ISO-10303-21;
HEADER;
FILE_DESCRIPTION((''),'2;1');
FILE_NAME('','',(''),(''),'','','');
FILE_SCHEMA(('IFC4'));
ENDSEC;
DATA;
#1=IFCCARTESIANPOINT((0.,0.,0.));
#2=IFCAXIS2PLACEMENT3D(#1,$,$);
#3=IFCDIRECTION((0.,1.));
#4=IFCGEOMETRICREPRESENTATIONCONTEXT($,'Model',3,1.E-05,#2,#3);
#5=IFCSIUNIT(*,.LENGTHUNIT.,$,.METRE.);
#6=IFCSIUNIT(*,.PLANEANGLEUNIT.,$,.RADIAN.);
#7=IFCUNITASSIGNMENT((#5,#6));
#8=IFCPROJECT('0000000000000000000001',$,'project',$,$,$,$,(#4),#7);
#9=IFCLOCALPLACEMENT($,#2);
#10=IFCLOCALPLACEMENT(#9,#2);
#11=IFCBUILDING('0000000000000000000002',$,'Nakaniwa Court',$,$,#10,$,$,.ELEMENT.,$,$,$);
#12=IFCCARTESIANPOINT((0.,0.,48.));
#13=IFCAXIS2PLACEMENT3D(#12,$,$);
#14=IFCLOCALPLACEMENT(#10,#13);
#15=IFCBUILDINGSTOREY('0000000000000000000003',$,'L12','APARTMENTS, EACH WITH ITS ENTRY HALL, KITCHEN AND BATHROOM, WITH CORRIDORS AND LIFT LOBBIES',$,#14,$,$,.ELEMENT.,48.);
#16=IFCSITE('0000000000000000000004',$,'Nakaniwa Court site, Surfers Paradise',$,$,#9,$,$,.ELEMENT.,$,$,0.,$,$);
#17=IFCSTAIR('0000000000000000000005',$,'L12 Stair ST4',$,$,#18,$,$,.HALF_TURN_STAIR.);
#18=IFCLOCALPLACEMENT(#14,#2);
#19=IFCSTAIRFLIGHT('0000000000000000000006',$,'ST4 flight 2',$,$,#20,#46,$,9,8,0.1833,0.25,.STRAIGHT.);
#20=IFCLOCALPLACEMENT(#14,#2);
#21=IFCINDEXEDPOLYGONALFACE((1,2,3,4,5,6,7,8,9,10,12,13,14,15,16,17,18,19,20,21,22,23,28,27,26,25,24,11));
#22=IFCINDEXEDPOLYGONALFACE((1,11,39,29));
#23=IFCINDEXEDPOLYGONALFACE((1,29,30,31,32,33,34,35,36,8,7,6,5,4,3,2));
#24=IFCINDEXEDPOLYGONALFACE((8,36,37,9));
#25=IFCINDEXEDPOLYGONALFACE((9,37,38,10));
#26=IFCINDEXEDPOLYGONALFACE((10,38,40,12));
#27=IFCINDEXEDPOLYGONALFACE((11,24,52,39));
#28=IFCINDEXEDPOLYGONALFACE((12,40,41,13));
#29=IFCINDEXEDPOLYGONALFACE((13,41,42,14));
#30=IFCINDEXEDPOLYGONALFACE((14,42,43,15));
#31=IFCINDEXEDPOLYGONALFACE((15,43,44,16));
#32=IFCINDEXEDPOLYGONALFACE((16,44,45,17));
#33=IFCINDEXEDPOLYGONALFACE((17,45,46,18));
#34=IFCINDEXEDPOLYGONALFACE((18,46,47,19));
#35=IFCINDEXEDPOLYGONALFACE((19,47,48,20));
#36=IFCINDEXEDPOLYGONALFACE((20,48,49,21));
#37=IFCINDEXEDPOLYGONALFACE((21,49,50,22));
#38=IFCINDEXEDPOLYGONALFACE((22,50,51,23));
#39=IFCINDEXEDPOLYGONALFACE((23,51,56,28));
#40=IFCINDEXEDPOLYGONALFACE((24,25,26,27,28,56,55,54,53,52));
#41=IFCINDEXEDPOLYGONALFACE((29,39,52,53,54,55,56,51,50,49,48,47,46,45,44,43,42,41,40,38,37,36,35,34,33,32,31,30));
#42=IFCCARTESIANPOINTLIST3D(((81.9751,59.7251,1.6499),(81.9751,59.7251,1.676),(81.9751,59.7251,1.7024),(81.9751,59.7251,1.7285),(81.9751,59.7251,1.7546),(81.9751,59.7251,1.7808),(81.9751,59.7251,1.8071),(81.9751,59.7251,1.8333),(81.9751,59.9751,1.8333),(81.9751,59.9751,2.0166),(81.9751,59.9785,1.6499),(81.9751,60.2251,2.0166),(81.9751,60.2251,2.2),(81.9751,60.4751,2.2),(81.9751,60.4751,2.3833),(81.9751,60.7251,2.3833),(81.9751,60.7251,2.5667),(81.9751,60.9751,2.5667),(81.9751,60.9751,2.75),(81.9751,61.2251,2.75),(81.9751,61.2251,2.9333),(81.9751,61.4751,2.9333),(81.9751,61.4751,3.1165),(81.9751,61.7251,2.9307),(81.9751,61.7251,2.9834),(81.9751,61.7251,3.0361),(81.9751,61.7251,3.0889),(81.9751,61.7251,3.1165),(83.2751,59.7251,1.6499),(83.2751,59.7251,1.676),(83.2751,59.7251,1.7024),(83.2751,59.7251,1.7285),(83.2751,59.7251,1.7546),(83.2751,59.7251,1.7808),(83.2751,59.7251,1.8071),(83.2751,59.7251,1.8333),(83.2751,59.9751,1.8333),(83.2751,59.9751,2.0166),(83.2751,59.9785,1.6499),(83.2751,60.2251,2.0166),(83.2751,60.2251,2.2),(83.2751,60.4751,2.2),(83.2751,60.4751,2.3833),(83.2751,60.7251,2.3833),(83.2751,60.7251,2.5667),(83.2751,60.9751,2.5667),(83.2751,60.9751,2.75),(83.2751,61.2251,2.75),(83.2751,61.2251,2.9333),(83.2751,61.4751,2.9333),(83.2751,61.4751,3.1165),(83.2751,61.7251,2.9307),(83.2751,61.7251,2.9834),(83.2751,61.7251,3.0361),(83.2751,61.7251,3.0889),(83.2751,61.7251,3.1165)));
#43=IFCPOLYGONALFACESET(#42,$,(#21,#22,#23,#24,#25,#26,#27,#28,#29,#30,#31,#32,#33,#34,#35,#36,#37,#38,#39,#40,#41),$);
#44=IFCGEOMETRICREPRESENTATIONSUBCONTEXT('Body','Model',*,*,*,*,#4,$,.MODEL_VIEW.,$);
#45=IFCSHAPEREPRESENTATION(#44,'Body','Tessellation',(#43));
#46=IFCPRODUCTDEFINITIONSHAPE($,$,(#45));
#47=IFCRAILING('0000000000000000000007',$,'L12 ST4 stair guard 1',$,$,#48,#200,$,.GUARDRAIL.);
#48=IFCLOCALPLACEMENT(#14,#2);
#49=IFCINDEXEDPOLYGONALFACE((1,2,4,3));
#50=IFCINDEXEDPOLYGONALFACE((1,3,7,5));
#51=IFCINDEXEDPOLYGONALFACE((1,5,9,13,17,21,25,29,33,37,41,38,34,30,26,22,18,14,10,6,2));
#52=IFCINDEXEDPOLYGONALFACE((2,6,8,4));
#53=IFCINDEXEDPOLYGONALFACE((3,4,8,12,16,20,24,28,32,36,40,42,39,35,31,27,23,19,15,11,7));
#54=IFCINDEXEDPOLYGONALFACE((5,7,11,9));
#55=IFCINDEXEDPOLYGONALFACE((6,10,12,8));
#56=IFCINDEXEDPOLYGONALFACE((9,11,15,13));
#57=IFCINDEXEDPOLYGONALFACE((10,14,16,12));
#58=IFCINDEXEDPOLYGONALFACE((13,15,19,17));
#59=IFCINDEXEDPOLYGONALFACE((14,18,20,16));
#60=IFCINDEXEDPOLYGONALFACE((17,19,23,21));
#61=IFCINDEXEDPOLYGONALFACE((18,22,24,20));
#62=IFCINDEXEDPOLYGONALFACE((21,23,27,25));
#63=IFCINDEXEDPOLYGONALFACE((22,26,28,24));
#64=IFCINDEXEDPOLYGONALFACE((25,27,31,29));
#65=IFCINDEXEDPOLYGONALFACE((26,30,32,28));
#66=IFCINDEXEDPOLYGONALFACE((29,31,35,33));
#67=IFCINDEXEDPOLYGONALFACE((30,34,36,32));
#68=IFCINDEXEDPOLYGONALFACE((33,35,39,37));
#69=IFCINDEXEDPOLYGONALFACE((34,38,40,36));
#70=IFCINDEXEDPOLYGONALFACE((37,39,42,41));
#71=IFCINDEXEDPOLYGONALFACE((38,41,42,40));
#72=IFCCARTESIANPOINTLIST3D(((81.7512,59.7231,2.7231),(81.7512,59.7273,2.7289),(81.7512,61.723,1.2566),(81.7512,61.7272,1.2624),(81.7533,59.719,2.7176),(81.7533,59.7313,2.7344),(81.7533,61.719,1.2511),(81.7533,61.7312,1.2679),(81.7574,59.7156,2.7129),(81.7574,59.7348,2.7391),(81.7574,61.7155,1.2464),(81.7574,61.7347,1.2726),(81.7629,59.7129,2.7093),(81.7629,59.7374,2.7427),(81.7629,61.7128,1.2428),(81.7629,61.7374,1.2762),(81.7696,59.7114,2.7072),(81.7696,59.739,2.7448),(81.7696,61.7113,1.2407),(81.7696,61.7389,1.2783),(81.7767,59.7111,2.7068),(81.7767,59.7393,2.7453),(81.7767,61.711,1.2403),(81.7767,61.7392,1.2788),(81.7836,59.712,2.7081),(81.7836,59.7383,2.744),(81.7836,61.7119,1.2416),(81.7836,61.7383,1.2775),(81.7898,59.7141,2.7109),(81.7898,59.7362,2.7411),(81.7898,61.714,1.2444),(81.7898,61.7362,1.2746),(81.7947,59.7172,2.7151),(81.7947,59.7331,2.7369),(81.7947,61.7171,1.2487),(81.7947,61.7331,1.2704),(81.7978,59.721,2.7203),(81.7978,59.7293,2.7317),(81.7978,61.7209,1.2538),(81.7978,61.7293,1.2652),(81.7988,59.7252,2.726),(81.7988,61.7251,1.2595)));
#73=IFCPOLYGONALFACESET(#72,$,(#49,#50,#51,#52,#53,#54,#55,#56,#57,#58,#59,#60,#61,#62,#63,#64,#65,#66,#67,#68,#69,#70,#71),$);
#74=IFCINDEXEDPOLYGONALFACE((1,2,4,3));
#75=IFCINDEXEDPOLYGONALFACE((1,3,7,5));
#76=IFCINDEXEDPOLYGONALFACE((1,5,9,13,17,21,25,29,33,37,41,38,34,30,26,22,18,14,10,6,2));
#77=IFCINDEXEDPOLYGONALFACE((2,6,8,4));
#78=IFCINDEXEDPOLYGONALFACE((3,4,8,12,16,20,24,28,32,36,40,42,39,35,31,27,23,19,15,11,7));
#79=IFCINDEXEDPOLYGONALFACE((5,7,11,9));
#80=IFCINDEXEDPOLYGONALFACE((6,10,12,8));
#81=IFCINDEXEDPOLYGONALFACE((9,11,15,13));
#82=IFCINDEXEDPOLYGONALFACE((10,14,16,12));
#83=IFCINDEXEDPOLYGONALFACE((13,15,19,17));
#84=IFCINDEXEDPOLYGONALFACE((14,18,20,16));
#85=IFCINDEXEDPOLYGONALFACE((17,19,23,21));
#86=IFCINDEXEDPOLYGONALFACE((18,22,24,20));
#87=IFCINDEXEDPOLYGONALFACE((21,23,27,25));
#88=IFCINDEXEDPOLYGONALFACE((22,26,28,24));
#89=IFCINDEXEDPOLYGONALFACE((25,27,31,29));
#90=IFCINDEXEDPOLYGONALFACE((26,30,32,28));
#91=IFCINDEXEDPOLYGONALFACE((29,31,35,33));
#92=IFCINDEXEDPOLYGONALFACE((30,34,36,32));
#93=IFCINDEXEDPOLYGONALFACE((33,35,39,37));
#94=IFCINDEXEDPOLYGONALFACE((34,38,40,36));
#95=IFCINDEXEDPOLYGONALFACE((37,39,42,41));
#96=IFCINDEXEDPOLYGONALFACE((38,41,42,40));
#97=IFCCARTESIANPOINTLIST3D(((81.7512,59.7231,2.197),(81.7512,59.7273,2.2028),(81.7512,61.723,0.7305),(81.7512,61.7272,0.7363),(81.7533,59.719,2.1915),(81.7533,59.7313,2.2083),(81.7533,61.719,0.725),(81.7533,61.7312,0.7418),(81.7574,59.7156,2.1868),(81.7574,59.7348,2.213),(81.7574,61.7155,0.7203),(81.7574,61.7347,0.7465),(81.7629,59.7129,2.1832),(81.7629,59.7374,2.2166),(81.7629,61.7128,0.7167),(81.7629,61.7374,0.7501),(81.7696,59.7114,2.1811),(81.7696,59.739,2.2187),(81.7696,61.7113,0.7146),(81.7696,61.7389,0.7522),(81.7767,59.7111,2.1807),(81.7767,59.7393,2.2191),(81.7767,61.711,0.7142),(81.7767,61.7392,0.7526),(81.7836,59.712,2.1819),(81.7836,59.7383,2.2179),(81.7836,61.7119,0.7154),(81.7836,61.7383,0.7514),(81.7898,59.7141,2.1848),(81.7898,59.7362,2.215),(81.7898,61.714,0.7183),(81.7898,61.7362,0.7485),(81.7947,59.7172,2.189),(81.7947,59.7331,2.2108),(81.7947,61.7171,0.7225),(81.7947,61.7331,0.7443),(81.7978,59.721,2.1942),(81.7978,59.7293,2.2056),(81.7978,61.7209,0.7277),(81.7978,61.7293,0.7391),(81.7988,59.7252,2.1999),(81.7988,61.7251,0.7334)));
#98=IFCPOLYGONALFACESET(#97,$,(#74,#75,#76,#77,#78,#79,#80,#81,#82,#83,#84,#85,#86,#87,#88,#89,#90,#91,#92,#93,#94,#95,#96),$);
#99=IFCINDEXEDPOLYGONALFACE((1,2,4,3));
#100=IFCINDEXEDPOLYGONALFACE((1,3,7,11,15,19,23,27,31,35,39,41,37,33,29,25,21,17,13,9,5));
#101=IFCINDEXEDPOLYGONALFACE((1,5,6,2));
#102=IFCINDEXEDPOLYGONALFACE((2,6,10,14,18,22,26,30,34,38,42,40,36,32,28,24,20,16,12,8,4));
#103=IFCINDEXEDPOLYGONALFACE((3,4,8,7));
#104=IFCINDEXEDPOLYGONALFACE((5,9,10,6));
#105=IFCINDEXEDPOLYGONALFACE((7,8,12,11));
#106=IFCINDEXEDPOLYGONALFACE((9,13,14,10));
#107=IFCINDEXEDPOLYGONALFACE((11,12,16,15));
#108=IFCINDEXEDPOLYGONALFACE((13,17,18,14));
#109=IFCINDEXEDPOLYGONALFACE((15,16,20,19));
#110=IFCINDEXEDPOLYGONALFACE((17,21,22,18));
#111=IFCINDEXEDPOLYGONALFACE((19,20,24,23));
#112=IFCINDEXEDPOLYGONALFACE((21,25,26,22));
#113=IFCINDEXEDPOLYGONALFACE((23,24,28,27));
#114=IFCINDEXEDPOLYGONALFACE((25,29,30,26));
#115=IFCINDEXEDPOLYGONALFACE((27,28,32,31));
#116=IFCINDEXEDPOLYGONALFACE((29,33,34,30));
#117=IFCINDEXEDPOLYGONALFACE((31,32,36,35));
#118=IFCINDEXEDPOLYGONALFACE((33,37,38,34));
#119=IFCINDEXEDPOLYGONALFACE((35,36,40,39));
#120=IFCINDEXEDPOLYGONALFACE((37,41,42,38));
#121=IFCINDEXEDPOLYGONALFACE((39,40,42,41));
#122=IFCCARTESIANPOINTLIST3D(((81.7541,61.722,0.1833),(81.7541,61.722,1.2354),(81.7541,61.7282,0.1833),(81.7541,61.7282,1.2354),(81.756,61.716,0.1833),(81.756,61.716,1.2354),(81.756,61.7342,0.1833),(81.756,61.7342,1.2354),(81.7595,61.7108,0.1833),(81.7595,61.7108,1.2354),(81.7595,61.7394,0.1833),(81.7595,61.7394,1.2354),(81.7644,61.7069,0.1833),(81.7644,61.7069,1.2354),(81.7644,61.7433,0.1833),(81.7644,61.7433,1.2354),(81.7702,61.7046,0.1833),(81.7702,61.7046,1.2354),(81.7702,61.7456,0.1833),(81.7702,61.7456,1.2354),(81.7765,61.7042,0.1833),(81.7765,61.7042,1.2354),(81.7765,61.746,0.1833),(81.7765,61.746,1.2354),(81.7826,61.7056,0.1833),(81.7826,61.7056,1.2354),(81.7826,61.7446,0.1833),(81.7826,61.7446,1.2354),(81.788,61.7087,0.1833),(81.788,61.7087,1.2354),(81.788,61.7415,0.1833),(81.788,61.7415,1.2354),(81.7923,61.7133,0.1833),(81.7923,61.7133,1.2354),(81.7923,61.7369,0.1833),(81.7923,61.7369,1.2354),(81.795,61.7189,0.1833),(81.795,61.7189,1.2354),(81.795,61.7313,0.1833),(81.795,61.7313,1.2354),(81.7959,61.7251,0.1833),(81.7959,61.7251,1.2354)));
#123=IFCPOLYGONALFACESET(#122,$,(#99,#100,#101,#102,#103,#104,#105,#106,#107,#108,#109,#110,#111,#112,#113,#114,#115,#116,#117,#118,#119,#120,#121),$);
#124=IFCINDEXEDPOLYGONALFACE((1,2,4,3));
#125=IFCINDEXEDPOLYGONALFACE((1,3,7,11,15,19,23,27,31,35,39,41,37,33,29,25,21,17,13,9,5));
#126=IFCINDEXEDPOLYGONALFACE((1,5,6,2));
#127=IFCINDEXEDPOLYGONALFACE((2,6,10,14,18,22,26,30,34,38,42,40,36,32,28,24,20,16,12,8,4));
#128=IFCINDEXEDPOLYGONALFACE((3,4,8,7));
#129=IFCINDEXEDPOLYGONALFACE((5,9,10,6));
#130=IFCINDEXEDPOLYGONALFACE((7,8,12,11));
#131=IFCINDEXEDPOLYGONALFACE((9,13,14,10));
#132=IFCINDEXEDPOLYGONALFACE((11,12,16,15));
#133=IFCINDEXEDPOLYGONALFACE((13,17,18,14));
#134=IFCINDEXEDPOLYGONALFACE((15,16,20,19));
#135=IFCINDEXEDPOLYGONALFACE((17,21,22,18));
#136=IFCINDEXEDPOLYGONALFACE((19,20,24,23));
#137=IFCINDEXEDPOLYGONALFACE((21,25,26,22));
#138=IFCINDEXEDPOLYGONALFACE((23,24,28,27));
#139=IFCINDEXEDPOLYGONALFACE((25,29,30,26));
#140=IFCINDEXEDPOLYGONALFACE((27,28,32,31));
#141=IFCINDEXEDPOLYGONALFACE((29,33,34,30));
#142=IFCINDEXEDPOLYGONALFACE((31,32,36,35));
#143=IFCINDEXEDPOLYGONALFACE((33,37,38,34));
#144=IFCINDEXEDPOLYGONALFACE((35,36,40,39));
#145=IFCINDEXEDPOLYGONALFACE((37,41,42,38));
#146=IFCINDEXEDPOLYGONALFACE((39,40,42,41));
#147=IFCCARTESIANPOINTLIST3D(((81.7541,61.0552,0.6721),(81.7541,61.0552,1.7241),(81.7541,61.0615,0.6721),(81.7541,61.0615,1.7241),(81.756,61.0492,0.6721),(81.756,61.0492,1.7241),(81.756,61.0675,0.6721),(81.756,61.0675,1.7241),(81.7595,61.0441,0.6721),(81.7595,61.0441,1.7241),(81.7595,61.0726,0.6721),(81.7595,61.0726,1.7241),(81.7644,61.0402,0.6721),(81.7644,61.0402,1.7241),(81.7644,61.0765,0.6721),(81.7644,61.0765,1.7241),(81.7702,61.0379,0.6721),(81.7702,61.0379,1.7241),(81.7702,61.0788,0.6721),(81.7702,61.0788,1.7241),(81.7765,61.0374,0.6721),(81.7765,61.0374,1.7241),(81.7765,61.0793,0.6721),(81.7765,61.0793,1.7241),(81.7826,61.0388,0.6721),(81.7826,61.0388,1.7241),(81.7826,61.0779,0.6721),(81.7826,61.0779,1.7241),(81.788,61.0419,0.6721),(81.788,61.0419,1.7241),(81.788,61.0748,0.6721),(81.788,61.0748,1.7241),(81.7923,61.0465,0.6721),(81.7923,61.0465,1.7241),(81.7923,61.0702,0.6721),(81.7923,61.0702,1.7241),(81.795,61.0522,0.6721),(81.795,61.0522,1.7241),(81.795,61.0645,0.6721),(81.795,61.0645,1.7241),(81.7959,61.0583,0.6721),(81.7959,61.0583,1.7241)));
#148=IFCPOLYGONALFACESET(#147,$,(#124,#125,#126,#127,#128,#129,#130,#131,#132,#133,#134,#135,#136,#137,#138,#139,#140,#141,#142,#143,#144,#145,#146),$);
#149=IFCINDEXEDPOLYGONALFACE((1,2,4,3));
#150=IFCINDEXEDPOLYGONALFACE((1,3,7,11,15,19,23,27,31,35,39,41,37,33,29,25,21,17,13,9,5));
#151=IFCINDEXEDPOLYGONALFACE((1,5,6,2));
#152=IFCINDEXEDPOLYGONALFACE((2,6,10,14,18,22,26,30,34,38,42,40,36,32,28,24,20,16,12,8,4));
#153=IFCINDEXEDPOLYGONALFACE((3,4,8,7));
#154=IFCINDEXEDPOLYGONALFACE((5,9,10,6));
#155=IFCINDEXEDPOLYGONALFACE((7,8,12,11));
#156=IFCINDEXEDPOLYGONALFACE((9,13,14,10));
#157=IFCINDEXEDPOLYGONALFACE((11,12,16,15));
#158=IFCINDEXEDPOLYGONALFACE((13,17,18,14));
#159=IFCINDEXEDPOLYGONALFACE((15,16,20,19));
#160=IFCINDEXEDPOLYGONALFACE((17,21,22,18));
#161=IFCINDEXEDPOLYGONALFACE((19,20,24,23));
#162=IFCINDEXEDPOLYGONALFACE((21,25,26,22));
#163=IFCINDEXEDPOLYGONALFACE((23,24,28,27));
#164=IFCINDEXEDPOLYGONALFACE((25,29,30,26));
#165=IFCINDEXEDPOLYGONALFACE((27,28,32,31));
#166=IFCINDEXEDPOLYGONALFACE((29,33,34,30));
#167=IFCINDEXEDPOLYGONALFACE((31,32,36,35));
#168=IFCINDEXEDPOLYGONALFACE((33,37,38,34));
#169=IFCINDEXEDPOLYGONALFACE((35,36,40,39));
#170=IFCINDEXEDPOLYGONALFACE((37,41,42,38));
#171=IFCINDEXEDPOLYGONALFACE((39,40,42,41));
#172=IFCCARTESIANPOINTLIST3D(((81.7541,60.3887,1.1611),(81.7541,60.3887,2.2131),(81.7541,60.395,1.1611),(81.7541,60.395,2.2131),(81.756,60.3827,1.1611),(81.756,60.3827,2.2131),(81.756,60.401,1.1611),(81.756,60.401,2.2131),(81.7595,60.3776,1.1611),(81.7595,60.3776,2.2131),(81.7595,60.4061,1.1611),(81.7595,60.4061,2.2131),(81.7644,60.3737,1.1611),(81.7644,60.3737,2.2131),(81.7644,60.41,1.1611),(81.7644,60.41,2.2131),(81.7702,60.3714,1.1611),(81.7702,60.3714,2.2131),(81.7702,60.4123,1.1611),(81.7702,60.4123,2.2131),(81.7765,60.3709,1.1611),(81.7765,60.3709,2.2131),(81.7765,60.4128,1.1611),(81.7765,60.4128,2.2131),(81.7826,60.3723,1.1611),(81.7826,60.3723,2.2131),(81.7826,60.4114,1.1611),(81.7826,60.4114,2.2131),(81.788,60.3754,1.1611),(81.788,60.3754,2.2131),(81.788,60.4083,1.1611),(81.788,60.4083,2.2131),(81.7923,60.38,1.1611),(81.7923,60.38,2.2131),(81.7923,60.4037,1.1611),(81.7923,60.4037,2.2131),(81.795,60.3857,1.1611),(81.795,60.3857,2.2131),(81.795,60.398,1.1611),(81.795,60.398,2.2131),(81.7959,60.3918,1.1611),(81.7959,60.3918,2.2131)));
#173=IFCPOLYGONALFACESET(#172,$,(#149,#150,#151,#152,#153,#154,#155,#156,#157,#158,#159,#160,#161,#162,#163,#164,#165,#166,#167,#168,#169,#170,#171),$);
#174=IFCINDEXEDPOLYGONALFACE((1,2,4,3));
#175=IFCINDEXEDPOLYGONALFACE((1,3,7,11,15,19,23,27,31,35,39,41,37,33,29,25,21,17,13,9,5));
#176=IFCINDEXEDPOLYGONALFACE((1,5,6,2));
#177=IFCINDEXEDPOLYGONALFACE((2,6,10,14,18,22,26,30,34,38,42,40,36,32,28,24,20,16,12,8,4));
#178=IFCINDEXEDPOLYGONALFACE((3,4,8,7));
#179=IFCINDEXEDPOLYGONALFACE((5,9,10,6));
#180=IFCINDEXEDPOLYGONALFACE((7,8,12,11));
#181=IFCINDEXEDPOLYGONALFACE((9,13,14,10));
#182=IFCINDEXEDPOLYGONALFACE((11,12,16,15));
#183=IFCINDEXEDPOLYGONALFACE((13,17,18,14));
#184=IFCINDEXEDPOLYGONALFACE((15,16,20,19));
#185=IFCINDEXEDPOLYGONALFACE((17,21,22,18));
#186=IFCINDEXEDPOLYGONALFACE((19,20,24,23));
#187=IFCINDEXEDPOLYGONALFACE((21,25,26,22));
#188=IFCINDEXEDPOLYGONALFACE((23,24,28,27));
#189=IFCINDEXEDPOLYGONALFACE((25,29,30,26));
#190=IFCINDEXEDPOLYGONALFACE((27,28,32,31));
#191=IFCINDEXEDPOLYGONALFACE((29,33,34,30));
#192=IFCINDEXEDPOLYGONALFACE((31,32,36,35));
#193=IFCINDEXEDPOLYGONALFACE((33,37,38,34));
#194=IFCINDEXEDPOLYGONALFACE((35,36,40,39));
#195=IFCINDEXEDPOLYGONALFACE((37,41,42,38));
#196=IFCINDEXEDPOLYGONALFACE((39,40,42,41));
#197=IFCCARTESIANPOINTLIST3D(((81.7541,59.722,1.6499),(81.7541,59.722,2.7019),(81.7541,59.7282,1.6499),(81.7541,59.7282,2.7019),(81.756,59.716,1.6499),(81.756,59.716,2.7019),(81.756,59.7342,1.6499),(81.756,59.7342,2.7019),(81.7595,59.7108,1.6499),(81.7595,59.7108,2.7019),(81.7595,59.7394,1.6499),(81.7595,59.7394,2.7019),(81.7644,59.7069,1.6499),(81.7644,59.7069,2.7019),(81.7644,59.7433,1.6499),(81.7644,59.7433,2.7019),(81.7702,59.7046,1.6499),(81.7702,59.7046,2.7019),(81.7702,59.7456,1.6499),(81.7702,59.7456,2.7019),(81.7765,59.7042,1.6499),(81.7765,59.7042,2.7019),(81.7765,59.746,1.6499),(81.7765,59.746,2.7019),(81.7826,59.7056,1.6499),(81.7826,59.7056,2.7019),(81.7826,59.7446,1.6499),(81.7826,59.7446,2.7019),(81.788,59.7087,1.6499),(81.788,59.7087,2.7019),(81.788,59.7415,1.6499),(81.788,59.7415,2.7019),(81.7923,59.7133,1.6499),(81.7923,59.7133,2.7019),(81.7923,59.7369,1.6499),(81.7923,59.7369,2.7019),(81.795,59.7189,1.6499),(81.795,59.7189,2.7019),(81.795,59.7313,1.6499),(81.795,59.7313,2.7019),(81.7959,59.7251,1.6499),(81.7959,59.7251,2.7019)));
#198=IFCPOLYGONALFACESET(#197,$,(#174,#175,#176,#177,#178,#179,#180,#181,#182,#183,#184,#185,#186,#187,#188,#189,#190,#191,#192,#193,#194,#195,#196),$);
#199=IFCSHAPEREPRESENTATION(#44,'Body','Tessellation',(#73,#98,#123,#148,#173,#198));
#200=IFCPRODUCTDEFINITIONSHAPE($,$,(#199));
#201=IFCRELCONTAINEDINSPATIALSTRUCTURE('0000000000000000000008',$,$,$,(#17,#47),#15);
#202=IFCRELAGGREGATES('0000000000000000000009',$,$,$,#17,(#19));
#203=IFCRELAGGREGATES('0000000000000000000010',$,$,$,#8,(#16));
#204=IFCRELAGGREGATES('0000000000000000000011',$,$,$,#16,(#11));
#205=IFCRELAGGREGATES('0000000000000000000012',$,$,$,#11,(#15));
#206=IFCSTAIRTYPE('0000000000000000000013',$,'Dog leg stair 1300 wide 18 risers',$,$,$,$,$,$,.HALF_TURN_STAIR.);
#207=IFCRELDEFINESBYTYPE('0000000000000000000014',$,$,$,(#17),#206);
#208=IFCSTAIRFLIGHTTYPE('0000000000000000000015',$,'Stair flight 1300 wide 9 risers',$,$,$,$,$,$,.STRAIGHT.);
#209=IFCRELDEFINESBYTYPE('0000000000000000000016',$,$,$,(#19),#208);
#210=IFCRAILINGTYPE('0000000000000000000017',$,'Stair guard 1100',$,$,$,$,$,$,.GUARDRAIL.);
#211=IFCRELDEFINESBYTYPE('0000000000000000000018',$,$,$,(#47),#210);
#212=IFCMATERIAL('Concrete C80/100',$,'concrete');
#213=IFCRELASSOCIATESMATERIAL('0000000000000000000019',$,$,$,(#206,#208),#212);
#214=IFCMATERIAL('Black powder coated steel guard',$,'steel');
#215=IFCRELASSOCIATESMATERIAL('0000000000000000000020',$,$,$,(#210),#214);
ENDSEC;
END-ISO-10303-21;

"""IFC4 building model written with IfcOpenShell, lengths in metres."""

from ifc_helpers import new_model, si_unit, direction, frame, origin, origin_2d, place, context, subcontext, project, spatial, polyline, circle, outline, extrude, material, type_object, element, aggregate, save


model = new_model("IFC4")

# Units and contexts
model_context = context("Model", 3, precision=1e-05, world=origin(), true_north=direction((0.0, 1.0)))
body_context = subcontext(model_context, "Body", "Model", "MODEL_VIEW")
ifc_project = project(units=[si_unit("LENGTHUNIT", "METRE"), si_unit("PLANEANGLEUNIT", "RADIAN")], contexts=[model_context])

# Site, building, storey
site_placement = place(None, origin())
site = spatial("IfcSite", under=ifc_project, at=site_placement, Name="Nakaniwa Court site, Surfers Paradise", CompositionType="ELEMENT", RefElevation=0.0)
building_placement = place(site_placement, origin())
building = spatial("IfcBuilding", under=site, at=building_placement, Name="Nakaniwa Court", CompositionType="ELEMENT")
storey_placement = place(building_placement, frame((0.0, 0.0, 48.0)))
storey = spatial("IfcBuildingStorey", under=building, at=storey_placement, Name="L12", Description="APARTMENTS, EACH WITH ITS ENTRY HALL, KITCHEN AND BATHROOM, WITH CORRIDORS AND LIFT LOBBIES", CompositionType="ELEMENT", Elevation=48.0)

# Shared definitions
ifc_material_1 = material(Name="Concrete C80/100", Category="concrete")

# Stair, stair flight
stair_type = type_object("IfcStairType", Name="Dog leg stair 1300 wide 18 risers", PredefinedType="HALF_TURN_STAIR", material=ifc_material_1)
stair_placement = place(storey_placement, origin())
stair = element("IfcStair", 1, at=stair_placement, inside=storey, type_object=stair_type, Name="L12 Stair ST4", PredefinedType="HALF_TURN_STAIR")
stair_flight_type = type_object("IfcStairFlightType", Name="Stair flight 1300 wide 9 risers", PredefinedType="STRAIGHT", material=ifc_material_1)
stair_flight_1_placement = place(storey_placement, frame((82.625, 59.7251, 1.6499), z_axis=(0.0, 0.0, 1.0), x_axis=(0.0, 1.0, 0.0)))
stair_flight_1 = element("IfcStairFlight", 2, at=stair_flight_1_placement, type_object=stair_flight_type, Name="ST4 flight 2", NumberOfRisers=9, NumberOfTreads=8, PredefinedType="STRAIGHT", RiserHeight=0.1833, TreadLength=0.25, context=body_context, shape_type="SweptSolid", body=[
    extrude(outline(polyline([(0.0, 0.0), (0.0, 0.0261), (0.0, 0.0525), (0.0, 0.0786), (0.0, 0.1047), (0.0, 0.1309), (0.0, 0.1572), (0.0, 0.1833), (0.25, 0.1833), (0.25, 0.3667), (0.5, 0.3667), (0.5, 0.55), (0.75, 0.55), (0.75, 0.7334), (1.0, 0.7334), (1.0, 0.9167), (1.25, 0.9167), (1.25, 1.1001), (1.5, 1.1001), (1.5, 1.2834), (1.75, 1.2834), (1.75, 1.4666), (2.0, 1.4666), (2.0, 1.6499), (2.0, 1.5972), (2.0, 1.5444), (2.0, 1.4917), (2.0, 1.439), (2.0, 1.3862), (2.0, 1.3335), (2.0, 1.2808), (0.2534, 0.0), (0.0, 0.0)])), frame((0.0, 0.6499, 0.0), z_axis=(0.0, -1.0, 0.0), x_axis=(1.0, 0.0, 0.0)), (0.0, 0.0, 1.0), 1.3),
])
aggregate(stair, [stair_flight_1])

# Railing
ifc_material_2 = material(Name="Black powder coated steel guard", Category="steel")
railing_type_1 = type_object("IfcRailingType", Name="Stair guard 1100", PredefinedType="GUARDRAIL", material=ifc_material_2)
railing_1_placement = place(storey_placement, frame((81.7749, 61.7251, 0.1833)))
element("IfcRailing", 3, at=railing_1_placement, inside=storey, type_object=railing_type_1, Name="L12 ST4 stair guard 1", PredefinedType="GUARDRAIL", context=body_context, shape_type="SweptSolid", body=[
    extrude(circle(Radius=0.0239, at=origin_2d()), frame((0.0, 0.0, 1.0762), z_axis=(0.0, -0.806427, 0.591334), x_axis=(1.0, 0.0, 0.0)), (0.0, 0.0, 1.0), 2.48),
    extrude(circle(Radius=0.0239, at=origin_2d()), frame((0.0, 0.0, 0.55), z_axis=(0.0, -0.806427, 0.591334), x_axis=(1.0, 0.0, 0.0)), (0.0, 0.0, 1.0), 2.48),
    extrude(circle(Radius=0.021, at=origin_2d()), origin(), (0.0, 0.0, 1.0), 1.052),
    extrude(circle(Radius=0.021, at=origin_2d()), frame((0.0, -0.6667, 0.4888)), (0.0, 0.0, 1.0), 1.052),
    extrude(circle(Radius=0.021, at=origin_2d()), frame((0.0, -1.3333, 0.9778)), (0.0, 0.0, 1.0), 1.052),
    extrude(circle(Radius=0.021, at=origin_2d()), frame((0.0, -2.0, 1.4666)), (0.0, 0.0, 1.0), 1.052),
])

save(model, "model.ifc")
